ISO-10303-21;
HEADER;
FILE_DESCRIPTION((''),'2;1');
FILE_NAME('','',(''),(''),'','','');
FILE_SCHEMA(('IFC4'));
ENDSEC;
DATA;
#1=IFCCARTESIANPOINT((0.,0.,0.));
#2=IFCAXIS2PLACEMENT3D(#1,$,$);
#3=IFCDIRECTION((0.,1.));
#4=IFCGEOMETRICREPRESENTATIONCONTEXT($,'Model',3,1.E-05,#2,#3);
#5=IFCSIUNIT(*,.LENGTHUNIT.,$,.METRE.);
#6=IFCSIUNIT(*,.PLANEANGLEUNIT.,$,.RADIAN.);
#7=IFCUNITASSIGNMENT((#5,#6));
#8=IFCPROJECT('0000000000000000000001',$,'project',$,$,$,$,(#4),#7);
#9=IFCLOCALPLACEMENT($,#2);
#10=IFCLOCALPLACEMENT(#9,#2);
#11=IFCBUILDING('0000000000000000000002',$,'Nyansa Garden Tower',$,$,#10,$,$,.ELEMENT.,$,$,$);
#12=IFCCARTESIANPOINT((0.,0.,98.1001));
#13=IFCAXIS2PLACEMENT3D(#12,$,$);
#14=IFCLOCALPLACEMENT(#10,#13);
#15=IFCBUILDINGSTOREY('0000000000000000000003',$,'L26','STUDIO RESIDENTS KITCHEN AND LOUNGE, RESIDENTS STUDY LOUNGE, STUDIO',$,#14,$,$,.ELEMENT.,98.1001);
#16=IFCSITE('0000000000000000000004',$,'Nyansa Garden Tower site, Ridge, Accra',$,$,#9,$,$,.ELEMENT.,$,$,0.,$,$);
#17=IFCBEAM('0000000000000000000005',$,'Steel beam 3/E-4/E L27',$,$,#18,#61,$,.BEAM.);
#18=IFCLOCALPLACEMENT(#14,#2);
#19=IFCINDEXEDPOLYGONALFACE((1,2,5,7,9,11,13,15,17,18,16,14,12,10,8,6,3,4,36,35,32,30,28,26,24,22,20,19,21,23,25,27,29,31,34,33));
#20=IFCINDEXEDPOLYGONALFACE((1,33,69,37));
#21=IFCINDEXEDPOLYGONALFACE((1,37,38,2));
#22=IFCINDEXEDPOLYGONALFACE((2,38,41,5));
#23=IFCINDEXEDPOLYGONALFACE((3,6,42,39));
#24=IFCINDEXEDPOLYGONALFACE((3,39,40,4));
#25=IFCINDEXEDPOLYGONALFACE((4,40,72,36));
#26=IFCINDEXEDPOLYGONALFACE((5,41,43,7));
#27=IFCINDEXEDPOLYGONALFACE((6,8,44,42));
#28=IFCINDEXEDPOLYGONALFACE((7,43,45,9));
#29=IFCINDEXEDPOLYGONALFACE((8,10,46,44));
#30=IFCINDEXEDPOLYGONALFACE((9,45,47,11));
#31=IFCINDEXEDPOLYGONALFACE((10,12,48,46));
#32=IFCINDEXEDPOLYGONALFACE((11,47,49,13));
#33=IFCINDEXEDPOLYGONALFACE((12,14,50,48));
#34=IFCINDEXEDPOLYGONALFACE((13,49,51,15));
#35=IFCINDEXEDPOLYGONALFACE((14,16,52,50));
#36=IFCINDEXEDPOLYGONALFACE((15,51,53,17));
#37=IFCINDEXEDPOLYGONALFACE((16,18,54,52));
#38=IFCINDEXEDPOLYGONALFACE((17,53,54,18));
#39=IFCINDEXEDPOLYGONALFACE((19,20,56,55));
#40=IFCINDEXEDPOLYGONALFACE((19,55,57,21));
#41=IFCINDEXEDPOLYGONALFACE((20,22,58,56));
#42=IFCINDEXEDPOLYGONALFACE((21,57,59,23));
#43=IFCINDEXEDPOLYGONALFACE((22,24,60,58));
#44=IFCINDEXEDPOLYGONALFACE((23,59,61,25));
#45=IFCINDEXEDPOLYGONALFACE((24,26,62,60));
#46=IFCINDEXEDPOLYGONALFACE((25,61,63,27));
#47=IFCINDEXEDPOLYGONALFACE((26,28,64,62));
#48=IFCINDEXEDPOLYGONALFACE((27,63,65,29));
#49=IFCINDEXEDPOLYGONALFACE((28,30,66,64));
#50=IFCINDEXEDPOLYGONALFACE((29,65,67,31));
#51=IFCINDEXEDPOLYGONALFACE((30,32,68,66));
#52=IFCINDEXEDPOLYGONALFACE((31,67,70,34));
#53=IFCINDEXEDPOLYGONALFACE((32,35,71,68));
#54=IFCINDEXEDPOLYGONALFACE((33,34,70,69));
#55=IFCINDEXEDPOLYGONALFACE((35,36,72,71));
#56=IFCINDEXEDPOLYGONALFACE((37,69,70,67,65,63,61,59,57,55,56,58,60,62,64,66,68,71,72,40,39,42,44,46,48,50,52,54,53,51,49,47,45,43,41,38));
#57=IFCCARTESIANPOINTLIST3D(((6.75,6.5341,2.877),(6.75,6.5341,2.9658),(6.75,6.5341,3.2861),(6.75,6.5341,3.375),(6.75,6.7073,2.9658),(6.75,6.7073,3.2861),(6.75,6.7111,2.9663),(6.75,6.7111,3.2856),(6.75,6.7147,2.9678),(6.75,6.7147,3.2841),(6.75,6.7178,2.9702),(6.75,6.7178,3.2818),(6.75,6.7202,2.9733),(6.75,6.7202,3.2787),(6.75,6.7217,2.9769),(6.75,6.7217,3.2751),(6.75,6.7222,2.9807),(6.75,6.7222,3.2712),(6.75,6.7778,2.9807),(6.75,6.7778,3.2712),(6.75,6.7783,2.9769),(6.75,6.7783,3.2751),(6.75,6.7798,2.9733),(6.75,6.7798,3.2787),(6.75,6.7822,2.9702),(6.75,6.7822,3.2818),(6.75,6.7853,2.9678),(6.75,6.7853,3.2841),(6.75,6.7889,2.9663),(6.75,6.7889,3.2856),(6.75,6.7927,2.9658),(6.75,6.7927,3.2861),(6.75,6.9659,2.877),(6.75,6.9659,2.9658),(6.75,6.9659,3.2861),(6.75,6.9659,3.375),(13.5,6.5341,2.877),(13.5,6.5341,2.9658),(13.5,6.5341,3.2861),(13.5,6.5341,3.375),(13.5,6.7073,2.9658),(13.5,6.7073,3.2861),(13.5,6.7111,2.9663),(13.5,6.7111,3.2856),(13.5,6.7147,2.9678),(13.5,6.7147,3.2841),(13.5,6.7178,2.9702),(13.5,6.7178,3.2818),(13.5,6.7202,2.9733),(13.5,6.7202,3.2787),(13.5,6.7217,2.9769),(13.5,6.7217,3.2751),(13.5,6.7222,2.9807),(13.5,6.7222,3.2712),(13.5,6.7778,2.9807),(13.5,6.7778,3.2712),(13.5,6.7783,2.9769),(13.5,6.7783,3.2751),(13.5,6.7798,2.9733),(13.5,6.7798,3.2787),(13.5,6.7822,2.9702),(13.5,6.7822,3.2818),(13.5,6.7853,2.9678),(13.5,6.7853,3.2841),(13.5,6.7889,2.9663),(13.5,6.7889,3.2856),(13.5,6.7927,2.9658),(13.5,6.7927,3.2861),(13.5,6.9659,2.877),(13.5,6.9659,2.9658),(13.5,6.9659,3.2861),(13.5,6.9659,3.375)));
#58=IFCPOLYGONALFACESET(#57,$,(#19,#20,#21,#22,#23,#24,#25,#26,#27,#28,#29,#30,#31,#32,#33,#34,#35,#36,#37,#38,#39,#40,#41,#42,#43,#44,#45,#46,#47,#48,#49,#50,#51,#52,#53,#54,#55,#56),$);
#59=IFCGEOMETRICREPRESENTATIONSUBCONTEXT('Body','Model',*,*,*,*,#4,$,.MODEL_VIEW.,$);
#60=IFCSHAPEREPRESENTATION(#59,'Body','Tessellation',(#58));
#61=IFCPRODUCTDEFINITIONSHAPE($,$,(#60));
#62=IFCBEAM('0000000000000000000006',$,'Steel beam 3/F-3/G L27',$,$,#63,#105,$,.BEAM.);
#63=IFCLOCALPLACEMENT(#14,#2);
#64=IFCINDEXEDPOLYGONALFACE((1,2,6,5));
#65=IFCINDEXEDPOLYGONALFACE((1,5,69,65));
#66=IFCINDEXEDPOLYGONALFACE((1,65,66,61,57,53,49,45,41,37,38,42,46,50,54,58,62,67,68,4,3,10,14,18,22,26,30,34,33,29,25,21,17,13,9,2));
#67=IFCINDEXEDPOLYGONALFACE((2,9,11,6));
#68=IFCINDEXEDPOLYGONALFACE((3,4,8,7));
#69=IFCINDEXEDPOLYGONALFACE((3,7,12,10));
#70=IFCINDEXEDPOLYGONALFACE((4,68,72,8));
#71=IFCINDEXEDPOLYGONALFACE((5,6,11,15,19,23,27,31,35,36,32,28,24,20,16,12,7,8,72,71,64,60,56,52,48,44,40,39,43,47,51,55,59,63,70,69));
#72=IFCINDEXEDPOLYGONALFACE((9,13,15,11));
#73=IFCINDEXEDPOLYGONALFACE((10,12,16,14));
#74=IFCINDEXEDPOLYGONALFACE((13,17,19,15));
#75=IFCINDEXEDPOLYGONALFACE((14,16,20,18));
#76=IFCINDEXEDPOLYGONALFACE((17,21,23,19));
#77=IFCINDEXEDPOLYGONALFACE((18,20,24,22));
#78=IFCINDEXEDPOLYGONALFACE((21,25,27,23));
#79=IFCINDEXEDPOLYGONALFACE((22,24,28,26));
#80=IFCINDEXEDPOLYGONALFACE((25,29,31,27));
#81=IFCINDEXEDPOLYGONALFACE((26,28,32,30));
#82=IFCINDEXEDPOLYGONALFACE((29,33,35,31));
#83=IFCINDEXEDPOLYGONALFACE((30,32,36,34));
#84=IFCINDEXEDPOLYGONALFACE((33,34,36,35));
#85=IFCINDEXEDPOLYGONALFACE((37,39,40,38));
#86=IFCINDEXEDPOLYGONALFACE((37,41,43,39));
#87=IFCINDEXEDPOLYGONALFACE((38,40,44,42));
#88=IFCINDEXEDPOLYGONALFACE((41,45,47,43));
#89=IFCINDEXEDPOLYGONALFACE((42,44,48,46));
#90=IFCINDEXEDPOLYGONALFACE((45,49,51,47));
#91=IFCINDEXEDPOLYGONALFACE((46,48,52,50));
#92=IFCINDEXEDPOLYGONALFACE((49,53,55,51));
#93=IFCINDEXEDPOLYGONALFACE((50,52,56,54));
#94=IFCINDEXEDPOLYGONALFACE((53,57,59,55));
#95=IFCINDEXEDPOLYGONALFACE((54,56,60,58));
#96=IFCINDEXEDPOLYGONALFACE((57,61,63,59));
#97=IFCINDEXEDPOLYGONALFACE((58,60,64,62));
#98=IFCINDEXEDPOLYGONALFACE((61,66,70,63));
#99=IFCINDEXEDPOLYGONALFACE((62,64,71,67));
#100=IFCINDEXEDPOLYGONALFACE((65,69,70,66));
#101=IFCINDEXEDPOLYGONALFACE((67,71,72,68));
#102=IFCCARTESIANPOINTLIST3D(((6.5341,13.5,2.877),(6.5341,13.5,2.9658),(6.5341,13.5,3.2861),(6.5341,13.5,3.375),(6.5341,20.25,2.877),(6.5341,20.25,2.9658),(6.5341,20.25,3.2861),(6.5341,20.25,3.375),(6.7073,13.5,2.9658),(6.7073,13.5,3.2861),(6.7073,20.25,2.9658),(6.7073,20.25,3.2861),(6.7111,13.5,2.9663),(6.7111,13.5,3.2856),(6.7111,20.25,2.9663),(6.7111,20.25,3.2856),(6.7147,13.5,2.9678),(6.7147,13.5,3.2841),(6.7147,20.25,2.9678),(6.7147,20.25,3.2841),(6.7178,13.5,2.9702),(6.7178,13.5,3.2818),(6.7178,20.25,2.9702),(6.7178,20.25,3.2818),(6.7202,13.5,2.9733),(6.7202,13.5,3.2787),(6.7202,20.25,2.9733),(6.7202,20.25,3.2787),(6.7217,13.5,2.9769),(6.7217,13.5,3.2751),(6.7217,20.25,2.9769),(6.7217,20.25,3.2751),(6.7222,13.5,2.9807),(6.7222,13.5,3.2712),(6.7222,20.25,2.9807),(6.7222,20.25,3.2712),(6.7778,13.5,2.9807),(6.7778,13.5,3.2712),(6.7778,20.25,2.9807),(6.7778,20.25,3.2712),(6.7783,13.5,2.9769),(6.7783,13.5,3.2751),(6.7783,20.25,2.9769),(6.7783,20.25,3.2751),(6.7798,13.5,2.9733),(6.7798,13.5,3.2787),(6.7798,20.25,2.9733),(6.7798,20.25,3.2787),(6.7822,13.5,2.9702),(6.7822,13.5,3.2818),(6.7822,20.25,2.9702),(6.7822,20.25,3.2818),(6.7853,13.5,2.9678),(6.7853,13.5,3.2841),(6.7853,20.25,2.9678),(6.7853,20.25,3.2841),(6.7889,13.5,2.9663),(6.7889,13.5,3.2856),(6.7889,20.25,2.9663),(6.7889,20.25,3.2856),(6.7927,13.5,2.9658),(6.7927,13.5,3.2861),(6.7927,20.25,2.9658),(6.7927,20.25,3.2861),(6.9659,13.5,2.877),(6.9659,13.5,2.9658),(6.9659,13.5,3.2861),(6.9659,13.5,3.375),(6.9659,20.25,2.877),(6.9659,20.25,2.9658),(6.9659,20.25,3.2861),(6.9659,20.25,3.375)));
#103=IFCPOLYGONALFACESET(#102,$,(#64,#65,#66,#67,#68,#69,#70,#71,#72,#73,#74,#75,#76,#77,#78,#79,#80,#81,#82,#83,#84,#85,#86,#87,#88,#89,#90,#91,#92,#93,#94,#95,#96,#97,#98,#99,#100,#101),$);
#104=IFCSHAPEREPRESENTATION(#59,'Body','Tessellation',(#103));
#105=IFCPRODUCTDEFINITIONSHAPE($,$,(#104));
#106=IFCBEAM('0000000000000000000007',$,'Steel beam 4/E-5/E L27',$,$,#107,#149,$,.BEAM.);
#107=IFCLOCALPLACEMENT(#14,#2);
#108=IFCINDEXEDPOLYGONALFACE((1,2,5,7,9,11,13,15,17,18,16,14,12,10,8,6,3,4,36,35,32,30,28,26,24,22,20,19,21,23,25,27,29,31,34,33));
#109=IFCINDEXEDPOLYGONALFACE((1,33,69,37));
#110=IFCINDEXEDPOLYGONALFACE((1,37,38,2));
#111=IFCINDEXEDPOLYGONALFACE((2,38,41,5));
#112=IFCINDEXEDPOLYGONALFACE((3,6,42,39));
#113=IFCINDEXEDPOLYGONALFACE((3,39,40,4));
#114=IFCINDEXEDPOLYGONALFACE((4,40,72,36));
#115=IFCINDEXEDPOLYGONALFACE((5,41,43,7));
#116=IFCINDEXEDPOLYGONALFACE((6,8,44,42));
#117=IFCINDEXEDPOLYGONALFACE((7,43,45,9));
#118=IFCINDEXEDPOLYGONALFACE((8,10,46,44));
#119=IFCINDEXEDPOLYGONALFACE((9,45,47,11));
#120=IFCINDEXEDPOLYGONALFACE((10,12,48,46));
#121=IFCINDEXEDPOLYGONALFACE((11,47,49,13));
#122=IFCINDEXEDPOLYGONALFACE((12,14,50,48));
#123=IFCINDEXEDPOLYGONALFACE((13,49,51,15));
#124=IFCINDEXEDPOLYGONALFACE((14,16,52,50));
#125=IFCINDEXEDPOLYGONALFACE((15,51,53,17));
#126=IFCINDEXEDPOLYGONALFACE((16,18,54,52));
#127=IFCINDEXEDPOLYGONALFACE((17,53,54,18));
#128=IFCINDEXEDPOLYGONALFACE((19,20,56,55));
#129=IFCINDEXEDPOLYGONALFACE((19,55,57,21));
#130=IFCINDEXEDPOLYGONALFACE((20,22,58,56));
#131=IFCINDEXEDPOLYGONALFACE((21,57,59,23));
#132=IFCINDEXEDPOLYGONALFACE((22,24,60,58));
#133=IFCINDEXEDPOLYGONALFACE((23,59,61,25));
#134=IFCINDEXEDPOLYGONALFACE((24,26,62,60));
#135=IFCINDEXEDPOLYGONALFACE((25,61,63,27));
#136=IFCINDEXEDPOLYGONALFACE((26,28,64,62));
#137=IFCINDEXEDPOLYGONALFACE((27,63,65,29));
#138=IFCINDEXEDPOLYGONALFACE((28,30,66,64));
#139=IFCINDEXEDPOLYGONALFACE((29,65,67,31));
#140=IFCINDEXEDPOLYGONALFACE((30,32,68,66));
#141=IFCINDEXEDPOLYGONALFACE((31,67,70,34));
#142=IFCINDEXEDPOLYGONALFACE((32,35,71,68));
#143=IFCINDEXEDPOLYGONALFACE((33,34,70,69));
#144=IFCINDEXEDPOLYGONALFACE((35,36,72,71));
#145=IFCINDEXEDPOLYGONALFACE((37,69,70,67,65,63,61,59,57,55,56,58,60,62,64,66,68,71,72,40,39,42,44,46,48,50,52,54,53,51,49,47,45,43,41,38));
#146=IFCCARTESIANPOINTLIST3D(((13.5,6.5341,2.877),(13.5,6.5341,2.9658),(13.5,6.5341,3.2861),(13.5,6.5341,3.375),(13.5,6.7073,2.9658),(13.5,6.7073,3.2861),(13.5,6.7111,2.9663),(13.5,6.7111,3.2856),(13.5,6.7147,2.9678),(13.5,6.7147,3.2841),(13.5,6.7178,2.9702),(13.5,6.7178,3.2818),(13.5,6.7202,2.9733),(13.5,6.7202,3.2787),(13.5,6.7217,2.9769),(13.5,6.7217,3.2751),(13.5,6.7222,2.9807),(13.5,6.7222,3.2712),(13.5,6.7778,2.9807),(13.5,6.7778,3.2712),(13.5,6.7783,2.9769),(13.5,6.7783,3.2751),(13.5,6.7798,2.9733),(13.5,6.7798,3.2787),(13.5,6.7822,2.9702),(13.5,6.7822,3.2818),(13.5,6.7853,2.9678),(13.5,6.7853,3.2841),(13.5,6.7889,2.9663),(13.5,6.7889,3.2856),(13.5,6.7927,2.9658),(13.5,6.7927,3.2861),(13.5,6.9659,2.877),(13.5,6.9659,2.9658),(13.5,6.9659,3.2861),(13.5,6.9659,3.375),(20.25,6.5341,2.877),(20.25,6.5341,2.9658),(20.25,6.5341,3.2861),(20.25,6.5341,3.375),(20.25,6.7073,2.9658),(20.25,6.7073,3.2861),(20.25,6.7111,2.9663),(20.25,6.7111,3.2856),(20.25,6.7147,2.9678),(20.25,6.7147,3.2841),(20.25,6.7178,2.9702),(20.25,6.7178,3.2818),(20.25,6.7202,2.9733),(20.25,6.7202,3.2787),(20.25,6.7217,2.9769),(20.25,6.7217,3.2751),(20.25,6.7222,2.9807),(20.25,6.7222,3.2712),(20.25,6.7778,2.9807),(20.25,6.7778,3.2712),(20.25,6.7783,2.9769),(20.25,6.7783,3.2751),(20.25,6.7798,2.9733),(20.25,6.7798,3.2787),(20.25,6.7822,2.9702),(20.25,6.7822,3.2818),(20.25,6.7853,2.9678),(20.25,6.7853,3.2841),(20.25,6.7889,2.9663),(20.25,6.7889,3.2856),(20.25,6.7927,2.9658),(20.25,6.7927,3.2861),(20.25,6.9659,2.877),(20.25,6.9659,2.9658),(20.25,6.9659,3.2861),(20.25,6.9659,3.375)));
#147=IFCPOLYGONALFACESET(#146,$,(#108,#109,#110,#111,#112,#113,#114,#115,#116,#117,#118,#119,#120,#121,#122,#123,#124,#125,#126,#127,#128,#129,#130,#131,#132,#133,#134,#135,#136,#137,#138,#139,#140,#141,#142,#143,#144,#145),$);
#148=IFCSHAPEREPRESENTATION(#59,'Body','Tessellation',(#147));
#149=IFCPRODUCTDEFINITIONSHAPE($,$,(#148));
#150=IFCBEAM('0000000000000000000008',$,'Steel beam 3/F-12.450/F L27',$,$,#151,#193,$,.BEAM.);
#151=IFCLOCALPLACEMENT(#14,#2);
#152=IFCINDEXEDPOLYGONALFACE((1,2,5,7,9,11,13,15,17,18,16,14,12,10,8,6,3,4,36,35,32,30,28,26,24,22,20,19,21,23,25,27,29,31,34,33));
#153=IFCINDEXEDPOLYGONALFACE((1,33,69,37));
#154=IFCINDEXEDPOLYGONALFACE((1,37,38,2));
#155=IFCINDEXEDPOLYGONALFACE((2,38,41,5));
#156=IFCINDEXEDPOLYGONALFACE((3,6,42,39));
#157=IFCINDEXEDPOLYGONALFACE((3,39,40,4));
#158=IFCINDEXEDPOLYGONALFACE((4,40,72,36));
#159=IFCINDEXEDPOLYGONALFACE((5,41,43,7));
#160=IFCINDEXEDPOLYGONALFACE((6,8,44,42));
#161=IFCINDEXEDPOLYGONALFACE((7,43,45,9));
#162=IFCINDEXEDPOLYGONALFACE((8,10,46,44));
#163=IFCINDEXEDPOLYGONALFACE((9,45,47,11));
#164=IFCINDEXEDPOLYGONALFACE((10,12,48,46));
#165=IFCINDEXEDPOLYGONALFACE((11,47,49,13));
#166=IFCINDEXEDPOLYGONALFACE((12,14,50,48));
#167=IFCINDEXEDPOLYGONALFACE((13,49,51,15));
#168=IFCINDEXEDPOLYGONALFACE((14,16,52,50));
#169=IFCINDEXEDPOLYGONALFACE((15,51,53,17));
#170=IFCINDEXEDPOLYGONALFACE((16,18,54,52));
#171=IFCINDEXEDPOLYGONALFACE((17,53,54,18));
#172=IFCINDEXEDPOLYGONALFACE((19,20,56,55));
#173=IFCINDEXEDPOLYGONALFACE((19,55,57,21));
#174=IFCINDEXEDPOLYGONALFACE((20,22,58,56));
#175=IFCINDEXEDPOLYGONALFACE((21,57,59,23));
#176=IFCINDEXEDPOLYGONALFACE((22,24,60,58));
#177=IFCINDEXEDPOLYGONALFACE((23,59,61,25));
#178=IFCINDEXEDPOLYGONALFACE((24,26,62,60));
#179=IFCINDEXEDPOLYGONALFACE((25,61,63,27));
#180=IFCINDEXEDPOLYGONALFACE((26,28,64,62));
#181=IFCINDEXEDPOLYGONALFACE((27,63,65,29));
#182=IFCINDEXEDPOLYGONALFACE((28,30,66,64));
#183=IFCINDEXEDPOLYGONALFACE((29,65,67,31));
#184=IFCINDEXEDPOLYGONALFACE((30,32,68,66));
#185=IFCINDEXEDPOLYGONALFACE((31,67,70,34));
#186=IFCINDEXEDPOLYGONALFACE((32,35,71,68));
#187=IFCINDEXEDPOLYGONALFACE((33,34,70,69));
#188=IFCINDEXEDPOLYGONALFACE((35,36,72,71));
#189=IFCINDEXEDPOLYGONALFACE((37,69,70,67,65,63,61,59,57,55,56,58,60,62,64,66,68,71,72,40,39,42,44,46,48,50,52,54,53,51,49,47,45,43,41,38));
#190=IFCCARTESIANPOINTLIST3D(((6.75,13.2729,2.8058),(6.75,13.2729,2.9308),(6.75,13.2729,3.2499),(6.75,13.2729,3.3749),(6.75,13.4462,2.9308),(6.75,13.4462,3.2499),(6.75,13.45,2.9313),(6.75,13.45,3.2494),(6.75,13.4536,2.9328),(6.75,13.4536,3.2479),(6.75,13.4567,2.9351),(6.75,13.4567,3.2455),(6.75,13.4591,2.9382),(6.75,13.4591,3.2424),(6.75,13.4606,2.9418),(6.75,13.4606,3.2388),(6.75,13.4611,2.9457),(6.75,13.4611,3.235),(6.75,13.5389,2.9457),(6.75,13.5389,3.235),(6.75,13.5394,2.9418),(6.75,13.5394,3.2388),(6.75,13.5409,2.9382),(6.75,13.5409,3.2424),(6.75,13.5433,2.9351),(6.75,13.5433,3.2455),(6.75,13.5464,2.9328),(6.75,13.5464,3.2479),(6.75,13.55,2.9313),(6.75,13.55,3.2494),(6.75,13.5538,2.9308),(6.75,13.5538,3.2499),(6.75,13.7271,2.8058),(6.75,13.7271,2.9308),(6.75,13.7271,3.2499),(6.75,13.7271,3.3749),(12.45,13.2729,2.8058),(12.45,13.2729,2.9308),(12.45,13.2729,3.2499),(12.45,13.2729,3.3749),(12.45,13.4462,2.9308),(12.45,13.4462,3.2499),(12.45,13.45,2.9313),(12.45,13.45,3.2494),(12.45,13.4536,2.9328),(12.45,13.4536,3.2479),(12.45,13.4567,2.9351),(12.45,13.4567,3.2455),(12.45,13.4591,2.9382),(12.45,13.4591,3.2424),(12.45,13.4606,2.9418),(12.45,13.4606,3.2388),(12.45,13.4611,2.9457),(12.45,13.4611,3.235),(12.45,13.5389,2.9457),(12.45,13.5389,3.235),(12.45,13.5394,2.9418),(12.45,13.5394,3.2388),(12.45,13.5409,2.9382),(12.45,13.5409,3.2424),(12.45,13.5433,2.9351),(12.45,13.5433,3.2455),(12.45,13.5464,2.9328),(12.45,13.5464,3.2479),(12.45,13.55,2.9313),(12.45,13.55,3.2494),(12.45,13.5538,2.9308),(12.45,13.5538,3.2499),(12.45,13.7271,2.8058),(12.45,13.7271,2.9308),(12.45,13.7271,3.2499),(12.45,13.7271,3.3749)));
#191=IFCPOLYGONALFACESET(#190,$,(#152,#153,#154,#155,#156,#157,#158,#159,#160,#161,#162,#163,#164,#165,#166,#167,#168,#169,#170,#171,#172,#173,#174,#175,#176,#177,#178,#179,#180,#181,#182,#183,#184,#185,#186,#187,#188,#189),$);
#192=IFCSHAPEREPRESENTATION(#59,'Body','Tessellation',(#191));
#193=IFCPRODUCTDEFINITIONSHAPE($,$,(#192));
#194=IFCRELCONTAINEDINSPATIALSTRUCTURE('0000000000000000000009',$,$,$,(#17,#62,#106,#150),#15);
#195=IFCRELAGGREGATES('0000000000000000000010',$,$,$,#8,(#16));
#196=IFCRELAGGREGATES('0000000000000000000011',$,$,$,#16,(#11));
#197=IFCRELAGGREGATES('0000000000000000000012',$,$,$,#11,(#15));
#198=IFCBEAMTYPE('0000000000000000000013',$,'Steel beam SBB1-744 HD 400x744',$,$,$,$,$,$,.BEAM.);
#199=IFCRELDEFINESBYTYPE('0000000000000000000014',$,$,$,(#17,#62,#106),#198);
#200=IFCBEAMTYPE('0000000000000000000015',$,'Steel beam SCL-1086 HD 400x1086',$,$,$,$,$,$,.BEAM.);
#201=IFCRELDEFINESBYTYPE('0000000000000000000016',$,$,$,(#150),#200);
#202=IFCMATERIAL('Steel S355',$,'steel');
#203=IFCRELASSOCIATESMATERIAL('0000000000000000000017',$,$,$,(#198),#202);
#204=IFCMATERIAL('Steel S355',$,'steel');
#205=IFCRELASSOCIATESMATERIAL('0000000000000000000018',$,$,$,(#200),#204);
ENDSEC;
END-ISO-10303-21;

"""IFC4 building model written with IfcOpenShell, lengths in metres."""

from ifc_helpers import new_model, si_unit, direction, frame, origin, origin_2d, place, context, subcontext, project, spatial, i_section, extrude, material, material_profile, profile_set, type_object, element, save


model = new_model("IFC4")

# Units and contexts
model_context = context("Model", 3, precision=1e-05, world=origin(), true_north=direction((0.0, 1.0)))
body_context = subcontext(model_context, "Body", "Model", "MODEL_VIEW")
ifc_project = project(units=[si_unit("LENGTHUNIT", "METRE"), si_unit("PLANEANGLEUNIT", "RADIAN")], contexts=[model_context])

# Site, building, storey
site_placement = place(None, origin())
site = spatial("IfcSite", under=ifc_project, at=site_placement, Name="Nyansa Garden Tower site, Ridge, Accra", CompositionType="ELEMENT", RefElevation=0.0)
building_placement = place(site_placement, origin())
building = spatial("IfcBuilding", under=site, at=building_placement, Name="Nyansa Garden Tower", CompositionType="ELEMENT")
storey_placement = place(building_placement, frame((0.0, 0.0, 98.1001)))
storey = spatial("IfcBuildingStorey", under=building, at=storey_placement, Name="L26", Description="STUDIO RESIDENTS KITCHEN AND LOUNGE, RESIDENTS STUDY LOUNGE, STUDIO", CompositionType="ELEMENT", Elevation=98.1001)

# Beams
ifc_material_1 = material(Name="Steel S355", Category="steel")
ifc_material_profile_1 = material_profile(ifc_material_1, i_section(OverallWidth=0.4319, OverallDepth=0.498, WebThickness=0.0557, FlangeThickness=0.0889, FilletRadius=0.0149, at=origin_2d()), Name="HD 400x744")
ifc_profile_set_1 = profile_set([ifc_material_profile_1], Name="Steel S355")
beam_type_1 = type_object("IfcBeamType", Name="Steel beam SBB1-744 HD 400x744", PredefinedType="BEAM", material=ifc_profile_set_1)
for number, where, z_axis, x_axis, name in (
    (1, (6.75, 6.75, 3.126), (1.0, 0.0, 0.0), (0.0, 1.0, 0.0), "Steel beam 3/E-4/E L27"),
    (2, (6.75, 13.5, 3.126), (0.0, 1.0, 0.0), (-1.0, 0.0, 0.0), "Steel beam 3/F-3/G L27"),
    (3, (13.5, 6.75, 3.126), (1.0, 0.0, 0.0), (0.0, 1.0, 0.0), "Steel beam 4/E-5/E L27"),
):
    element("IfcBeam", number, at=place(storey_placement, frame(where, z_axis=z_axis, x_axis=x_axis)), inside=storey, type_object=beam_type_1, Name=name, PredefinedType="BEAM", context=body_context, shape_type="SweptSolid", body=[
        extrude(i_section(OverallWidth=0.4319, OverallDepth=0.498, WebThickness=0.0557, FlangeThickness=0.0889, FilletRadius=0.0149, at=origin_2d()), origin(), (0.0, 0.0, 1.0), 6.75),
    ])
ifc_material_2 = material(Name="Steel S355", Category="steel")
ifc_material_profile_2 = material_profile(ifc_material_2, i_section(OverallWidth=0.4541, OverallDepth=0.5691, WebThickness=0.0779, FlangeThickness=0.125, FilletRadius=0.0149, at=origin_2d()), Name="HD 400x1086")
ifc_profile_set_2 = profile_set([ifc_material_profile_2], Name="Steel S355")
beam_type_2 = type_object("IfcBeamType", Name="Steel beam SCL-1086 HD 400x1086", PredefinedType="BEAM", material=ifc_profile_set_2)
for number, where, z_axis, x_axis, name in (
    (4, (6.75, 13.5, 3.0903), (1.0, 0.0, 0.0), (0.0, 1.0, 0.0), "Steel beam 3/F-12.450/F L27"),
):
    element("IfcBeam", number, at=place(storey_placement, frame(where, z_axis=z_axis, x_axis=x_axis)), inside=storey, type_object=beam_type_2, Name=name, PredefinedType="BEAM", context=body_context, shape_type="SweptSolid", body=[
        extrude(i_section(OverallWidth=0.4541, OverallDepth=0.5691, WebThickness=0.0779, FlangeThickness=0.125, FilletRadius=0.0149, at=origin_2d()), origin(), (0.0, 0.0, 1.0), 5.7),
    ])

save(model, "model.ifc")
